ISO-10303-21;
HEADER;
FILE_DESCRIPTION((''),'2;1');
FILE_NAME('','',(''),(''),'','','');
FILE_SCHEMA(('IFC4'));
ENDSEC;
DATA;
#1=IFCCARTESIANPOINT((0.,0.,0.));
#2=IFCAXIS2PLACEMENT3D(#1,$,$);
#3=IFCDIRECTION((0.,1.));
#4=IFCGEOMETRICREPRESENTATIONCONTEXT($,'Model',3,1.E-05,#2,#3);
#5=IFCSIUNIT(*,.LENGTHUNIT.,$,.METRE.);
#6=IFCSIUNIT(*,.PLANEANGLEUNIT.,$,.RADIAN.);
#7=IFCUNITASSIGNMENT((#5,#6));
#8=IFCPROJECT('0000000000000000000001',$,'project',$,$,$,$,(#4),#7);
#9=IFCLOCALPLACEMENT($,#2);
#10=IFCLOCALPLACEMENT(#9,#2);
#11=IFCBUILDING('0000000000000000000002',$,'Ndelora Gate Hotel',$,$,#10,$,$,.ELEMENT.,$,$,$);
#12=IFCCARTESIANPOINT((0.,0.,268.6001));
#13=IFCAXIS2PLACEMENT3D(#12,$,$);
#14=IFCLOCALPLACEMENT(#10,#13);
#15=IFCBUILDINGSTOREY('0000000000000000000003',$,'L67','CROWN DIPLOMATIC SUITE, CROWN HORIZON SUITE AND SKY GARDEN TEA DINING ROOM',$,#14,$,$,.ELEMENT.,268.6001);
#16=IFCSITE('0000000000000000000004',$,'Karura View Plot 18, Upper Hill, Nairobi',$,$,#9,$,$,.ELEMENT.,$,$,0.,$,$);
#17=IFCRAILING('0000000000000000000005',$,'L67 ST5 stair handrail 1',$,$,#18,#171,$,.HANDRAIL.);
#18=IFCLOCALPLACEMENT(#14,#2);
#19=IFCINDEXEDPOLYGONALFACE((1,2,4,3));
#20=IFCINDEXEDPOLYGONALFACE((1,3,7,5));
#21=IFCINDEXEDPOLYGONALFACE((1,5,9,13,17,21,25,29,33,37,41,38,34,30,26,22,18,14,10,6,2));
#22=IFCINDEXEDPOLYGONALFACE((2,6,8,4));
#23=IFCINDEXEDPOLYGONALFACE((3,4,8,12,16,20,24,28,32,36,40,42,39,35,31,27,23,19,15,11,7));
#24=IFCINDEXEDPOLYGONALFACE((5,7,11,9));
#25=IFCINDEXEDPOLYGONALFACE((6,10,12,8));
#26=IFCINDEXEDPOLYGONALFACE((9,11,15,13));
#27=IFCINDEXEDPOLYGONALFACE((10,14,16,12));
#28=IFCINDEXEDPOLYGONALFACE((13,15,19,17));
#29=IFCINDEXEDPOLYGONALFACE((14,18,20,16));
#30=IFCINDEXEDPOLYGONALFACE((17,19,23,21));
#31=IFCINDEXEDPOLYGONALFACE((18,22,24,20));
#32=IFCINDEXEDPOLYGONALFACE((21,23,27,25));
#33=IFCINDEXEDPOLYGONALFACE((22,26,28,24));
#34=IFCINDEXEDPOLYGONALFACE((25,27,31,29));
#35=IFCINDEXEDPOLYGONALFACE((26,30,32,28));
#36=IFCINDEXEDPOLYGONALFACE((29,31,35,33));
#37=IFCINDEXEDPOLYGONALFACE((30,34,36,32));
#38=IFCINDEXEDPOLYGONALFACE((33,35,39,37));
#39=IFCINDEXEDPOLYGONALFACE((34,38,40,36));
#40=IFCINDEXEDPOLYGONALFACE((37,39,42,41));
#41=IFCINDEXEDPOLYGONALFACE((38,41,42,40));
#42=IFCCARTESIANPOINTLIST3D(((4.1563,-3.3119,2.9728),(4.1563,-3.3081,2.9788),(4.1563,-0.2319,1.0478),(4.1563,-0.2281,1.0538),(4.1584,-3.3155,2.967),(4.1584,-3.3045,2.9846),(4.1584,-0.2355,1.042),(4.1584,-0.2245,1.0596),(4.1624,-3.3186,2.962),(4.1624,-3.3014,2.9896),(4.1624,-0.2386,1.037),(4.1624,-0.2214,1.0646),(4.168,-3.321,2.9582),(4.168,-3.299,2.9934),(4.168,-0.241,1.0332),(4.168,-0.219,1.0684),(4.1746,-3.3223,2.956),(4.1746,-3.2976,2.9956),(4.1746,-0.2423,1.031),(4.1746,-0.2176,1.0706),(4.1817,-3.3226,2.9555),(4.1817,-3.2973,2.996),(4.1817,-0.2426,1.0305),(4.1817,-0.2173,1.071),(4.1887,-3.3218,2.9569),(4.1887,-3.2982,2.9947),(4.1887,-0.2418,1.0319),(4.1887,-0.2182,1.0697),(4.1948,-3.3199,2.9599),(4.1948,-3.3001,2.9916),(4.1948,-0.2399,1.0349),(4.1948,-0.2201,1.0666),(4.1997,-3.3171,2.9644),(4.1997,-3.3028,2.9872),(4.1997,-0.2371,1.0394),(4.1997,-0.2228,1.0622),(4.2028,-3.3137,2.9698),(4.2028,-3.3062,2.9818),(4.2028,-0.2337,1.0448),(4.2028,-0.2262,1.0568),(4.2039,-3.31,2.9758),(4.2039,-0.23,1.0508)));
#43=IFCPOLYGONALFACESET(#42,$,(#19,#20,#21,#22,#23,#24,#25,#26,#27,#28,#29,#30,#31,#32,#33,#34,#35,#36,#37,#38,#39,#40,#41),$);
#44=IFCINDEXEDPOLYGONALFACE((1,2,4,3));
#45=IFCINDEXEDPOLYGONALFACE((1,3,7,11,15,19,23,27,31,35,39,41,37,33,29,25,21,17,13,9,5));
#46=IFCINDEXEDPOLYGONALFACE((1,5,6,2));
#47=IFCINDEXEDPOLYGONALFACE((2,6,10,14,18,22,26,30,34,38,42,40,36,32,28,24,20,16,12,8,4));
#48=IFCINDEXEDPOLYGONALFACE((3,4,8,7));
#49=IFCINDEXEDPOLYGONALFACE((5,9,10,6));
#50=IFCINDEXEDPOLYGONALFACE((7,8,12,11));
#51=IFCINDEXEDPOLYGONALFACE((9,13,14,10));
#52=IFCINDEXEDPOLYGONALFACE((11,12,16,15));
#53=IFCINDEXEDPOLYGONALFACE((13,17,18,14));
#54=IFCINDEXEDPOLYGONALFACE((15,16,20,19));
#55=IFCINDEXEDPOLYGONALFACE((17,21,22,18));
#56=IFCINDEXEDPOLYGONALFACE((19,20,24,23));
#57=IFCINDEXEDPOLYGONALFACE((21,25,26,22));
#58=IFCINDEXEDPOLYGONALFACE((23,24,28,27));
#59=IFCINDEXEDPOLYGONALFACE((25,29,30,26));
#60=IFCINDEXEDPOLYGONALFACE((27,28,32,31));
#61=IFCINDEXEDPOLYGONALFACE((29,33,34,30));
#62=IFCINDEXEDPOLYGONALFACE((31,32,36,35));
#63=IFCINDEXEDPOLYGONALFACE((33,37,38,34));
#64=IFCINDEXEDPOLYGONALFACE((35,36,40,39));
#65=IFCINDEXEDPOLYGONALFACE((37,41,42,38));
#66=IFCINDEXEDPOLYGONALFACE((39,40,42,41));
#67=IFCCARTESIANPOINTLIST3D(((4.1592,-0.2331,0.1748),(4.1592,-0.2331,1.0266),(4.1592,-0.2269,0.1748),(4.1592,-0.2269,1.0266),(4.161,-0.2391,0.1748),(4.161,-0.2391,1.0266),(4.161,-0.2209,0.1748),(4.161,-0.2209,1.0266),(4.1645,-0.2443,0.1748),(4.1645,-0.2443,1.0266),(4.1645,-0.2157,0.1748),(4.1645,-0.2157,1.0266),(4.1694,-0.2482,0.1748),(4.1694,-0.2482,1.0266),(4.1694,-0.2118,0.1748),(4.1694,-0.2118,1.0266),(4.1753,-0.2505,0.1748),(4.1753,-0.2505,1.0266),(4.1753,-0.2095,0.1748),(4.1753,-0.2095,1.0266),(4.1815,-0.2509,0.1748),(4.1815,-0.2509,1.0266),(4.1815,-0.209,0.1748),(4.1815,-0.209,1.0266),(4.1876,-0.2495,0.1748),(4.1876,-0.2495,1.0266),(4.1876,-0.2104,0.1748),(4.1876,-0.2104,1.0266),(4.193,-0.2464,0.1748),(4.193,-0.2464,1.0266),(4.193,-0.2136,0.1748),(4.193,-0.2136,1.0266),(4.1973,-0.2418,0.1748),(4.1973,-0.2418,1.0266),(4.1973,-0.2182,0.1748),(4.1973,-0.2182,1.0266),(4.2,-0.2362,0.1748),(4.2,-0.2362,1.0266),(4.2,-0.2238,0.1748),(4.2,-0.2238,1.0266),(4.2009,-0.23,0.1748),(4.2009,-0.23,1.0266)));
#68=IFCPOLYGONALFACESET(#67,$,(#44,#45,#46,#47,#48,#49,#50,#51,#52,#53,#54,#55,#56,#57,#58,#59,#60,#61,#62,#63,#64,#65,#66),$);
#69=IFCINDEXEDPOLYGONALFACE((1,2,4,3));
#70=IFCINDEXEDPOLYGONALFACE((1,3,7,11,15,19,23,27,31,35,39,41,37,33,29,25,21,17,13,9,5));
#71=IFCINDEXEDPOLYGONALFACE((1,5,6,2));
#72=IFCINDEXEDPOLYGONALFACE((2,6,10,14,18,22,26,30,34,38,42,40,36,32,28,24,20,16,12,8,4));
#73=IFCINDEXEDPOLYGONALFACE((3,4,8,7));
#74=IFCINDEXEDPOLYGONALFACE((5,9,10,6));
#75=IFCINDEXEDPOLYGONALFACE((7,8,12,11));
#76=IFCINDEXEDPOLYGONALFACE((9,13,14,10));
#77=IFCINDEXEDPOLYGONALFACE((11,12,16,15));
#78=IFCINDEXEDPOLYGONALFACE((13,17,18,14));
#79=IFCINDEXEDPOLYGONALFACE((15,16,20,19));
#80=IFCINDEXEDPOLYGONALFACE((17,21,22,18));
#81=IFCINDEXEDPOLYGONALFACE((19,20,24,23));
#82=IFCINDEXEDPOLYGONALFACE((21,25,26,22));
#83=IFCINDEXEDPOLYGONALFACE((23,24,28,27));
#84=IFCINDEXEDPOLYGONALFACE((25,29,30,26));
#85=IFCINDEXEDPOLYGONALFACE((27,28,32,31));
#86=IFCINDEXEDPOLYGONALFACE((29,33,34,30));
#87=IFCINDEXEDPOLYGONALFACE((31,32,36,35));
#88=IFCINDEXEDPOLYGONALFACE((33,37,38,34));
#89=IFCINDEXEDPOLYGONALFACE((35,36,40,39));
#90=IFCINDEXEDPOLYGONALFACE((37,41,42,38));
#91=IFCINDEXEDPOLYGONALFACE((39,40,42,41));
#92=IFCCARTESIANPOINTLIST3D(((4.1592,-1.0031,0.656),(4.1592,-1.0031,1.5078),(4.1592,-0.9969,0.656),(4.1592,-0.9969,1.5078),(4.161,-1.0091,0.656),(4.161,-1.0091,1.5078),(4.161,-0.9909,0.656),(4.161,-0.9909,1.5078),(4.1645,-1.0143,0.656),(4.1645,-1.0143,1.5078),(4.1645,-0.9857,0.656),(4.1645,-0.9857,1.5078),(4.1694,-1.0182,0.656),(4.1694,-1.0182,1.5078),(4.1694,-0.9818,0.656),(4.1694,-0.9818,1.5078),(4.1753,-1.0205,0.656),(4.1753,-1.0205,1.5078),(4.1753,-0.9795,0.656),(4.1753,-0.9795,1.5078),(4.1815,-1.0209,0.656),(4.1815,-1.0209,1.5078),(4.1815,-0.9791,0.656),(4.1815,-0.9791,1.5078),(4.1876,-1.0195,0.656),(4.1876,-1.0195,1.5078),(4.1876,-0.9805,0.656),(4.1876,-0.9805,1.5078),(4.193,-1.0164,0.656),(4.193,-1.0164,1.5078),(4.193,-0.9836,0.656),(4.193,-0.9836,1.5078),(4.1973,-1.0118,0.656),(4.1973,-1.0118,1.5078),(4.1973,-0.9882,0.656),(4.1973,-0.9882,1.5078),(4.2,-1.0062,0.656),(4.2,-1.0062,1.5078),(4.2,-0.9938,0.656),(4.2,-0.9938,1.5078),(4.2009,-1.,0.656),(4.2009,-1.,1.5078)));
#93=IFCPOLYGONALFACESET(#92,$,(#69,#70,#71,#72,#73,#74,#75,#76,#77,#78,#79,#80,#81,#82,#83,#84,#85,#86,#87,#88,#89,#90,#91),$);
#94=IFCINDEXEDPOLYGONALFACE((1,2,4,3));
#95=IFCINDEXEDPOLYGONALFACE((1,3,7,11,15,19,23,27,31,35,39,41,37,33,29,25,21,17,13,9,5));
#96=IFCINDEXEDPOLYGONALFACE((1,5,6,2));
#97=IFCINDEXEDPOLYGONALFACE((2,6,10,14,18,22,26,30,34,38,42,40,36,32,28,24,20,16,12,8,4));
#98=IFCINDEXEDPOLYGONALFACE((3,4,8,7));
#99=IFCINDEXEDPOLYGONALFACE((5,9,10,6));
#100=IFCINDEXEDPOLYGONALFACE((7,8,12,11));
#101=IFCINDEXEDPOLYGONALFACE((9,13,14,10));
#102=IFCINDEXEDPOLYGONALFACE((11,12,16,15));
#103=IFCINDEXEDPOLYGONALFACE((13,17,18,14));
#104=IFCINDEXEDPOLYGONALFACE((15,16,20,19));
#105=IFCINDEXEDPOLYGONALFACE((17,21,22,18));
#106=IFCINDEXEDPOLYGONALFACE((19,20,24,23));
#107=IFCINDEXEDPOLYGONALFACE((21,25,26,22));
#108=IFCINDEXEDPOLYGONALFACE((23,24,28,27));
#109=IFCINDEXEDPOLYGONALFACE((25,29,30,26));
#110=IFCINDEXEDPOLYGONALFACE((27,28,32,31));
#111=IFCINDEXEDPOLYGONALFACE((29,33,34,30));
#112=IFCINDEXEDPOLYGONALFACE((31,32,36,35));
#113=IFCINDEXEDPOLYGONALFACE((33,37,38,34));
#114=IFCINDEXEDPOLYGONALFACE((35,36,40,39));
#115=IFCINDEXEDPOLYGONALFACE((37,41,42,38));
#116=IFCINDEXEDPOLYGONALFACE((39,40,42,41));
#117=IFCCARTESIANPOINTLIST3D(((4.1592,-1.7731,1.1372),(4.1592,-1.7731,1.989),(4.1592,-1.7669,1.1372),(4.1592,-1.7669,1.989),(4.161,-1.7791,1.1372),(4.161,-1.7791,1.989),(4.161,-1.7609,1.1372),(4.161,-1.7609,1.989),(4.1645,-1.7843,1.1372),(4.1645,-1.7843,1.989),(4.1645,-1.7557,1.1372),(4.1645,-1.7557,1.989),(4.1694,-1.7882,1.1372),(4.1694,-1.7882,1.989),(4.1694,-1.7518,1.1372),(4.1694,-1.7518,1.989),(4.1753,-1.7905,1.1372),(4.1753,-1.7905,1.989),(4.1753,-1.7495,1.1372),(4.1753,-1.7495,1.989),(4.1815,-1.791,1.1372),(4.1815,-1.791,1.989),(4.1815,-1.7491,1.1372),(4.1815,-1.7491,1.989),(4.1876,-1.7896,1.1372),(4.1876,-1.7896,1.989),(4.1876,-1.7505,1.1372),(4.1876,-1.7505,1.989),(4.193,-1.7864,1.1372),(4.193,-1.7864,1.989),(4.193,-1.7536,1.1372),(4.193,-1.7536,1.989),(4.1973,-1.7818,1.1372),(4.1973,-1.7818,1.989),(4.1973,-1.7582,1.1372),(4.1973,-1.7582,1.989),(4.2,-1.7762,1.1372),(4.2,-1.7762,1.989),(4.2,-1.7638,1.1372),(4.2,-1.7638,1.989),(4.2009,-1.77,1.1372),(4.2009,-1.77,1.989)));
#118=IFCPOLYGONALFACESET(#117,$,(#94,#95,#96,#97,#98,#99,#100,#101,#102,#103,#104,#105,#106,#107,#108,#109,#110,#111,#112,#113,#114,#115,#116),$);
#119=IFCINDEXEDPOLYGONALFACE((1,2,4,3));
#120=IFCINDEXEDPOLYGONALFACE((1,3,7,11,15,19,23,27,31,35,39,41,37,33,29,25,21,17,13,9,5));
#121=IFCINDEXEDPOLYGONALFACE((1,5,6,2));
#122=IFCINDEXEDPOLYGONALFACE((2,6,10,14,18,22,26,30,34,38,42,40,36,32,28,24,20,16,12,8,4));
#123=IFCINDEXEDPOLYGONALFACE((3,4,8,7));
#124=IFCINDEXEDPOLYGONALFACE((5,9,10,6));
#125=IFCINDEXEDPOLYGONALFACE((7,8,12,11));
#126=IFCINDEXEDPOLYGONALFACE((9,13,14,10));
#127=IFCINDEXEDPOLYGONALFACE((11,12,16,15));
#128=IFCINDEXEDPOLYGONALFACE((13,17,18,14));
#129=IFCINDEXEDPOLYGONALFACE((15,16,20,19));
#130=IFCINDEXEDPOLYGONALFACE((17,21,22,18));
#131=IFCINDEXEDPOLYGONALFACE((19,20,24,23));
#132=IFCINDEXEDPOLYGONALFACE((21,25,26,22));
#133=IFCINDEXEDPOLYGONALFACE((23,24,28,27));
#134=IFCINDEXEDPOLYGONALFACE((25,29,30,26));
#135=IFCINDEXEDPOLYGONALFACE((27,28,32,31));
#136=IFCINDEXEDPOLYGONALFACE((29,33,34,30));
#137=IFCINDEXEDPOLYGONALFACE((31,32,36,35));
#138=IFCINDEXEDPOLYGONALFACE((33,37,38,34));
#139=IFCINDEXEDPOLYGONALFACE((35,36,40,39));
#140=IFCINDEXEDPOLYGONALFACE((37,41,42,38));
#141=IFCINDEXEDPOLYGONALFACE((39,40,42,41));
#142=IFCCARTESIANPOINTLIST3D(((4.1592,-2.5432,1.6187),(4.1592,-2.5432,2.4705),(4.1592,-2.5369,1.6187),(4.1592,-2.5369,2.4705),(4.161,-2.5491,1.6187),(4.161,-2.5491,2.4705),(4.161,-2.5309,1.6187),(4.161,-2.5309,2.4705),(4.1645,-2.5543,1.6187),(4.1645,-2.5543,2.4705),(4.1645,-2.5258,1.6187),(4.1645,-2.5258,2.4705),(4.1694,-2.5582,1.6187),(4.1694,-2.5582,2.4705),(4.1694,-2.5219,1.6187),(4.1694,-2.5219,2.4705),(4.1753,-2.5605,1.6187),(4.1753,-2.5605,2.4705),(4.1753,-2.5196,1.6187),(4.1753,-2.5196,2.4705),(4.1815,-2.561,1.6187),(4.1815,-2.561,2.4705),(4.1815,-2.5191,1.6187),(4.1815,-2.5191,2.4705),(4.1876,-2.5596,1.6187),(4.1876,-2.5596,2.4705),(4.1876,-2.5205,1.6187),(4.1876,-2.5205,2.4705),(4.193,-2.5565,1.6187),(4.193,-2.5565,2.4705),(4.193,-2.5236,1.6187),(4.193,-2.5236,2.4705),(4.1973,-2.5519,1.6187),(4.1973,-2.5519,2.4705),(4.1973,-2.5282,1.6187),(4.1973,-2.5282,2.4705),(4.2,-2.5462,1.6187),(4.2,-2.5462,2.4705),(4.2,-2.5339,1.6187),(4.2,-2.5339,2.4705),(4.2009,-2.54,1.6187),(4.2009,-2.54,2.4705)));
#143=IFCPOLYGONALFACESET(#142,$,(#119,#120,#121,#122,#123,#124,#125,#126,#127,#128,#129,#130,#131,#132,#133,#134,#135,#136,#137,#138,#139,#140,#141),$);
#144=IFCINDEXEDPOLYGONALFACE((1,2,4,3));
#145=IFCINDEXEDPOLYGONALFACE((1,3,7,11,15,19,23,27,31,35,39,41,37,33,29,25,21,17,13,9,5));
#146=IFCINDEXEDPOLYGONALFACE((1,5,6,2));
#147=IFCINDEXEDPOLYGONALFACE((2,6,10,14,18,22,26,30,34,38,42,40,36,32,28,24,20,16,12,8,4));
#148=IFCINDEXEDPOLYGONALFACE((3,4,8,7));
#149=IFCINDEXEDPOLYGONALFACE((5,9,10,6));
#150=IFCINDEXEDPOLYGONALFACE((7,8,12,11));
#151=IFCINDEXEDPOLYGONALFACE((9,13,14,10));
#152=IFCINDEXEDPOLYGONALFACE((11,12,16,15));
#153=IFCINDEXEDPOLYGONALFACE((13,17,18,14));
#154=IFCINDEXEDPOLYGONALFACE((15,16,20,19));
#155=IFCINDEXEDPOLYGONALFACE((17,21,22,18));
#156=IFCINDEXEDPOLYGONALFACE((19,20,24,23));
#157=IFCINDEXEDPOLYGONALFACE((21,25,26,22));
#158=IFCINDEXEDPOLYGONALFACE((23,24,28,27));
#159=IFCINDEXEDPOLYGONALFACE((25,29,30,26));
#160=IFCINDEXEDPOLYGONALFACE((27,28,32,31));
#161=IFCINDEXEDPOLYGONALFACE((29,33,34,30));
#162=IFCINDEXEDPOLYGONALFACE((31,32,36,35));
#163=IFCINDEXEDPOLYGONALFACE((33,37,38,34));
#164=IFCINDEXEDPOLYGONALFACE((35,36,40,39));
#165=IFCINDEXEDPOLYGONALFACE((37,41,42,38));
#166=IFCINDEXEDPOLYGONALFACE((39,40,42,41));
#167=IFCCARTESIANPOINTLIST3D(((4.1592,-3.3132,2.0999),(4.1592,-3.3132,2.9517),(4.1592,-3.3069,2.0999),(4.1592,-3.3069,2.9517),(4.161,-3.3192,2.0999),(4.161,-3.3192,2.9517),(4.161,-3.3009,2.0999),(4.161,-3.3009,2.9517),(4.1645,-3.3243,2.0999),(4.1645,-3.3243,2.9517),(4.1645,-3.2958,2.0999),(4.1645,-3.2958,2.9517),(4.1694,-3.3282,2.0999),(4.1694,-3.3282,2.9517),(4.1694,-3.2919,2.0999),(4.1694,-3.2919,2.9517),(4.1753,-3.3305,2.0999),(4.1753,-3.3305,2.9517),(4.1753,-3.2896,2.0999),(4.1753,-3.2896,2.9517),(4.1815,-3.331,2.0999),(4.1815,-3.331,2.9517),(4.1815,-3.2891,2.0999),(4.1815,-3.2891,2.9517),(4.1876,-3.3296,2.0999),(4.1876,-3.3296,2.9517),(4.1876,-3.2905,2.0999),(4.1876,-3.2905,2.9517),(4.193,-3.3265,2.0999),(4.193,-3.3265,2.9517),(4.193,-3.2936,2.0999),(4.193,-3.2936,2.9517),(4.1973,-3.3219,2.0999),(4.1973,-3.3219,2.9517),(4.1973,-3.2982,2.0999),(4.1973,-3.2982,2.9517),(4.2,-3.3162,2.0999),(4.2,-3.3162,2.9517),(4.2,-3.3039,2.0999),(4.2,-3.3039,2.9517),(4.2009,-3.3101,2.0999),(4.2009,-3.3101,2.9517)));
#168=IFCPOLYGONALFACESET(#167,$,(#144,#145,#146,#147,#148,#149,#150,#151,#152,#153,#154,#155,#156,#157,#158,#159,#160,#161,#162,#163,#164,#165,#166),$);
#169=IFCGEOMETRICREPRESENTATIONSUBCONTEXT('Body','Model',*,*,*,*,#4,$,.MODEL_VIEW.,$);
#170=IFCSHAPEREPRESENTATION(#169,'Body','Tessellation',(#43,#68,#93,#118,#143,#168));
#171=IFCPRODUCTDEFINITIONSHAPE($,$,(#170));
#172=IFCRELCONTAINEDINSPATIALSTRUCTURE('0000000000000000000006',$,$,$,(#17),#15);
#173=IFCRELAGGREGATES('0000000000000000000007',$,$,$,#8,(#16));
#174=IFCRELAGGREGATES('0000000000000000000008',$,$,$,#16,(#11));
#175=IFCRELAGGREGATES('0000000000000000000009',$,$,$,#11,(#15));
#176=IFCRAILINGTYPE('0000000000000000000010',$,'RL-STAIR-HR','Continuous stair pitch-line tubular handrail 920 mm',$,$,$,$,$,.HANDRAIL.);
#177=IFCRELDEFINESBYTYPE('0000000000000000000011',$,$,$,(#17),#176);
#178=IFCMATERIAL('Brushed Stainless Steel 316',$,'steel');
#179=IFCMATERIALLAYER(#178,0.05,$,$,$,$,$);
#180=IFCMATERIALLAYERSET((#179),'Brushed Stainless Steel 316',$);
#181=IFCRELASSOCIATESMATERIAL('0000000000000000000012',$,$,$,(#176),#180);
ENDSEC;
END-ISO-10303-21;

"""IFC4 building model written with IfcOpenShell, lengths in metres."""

from ifc_helpers import new_model, si_unit, direction, frame, origin, origin_2d, place, context, subcontext, project, spatial, circle, extrude, material, layer, layer_set, type_object, element, save


model = new_model("IFC4")

# Units and contexts
model_context = context("Model", 3, precision=1e-05, world=origin(), true_north=direction((0.0, 1.0)))
body_context = subcontext(model_context, "Body", "Model", "MODEL_VIEW")
ifc_project = project(units=[si_unit("LENGTHUNIT", "METRE"), si_unit("PLANEANGLEUNIT", "RADIAN")], contexts=[model_context])

# Site, building, storey
site_placement = place(None, origin())
site = spatial("IfcSite", under=ifc_project, at=site_placement, Name="Karura View Plot 18, Upper Hill, Nairobi", CompositionType="ELEMENT", RefElevation=0.0)
building_placement = place(site_placement, origin())
building = spatial("IfcBuilding", under=site, at=building_placement, Name="Ndelora Gate Hotel", CompositionType="ELEMENT")
storey_placement = place(building_placement, frame((0.0, 0.0, 268.6001)))
storey = spatial("IfcBuildingStorey", under=building, at=storey_placement, Name="L67", Description="CROWN DIPLOMATIC SUITE, CROWN HORIZON SUITE AND SKY GARDEN TEA DINING ROOM", CompositionType="ELEMENT", Elevation=268.6001)

# Railing
ifc_material_1 = material(Name="Brushed Stainless Steel 316", Category="steel")
ifc_layer_1 = layer(ifc_material_1, 0.05)
ifc_layer_set_1 = layer_set([ifc_layer_1], Name="Brushed Stainless Steel 316")
railing_type_1 = type_object("IfcRailingType", Name="RL-STAIR-HR", Description="Continuous stair pitch-line tubular handrail 920 mm", PredefinedType="HANDRAIL", material=ifc_layer_set_1)
railing_1_placement = place(storey_placement, frame((4.1799, -0.23, 0.1748)))
element("IfcRailing", 1, at=railing_1_placement, inside=storey, type_object=railing_type_1, Name="L67 ST5 stair handrail 1", PredefinedType="HANDRAIL", context=body_context, shape_type="SweptSolid", body=[
    extrude(circle(Radius=0.0239, at=origin_2d()), frame((0.0, 0.0, 0.876), z_axis=(0.0, -0.847998, 0.529999), x_axis=(1.0, 0.0, 0.0)), (0.0, 0.0, 1.0), 3.6321),
    extrude(circle(Radius=0.021, at=origin_2d()), origin(), (0.0, 0.0, 1.0), 0.8518),
    extrude(circle(Radius=0.021, at=origin_2d()), frame((0.0, -0.77, 0.4812)), (0.0, 0.0, 1.0), 0.8518),
    extrude(circle(Radius=0.021, at=origin_2d()), frame((0.0, -1.54, 0.9624)), (0.0, 0.0, 1.0), 0.8518),
    extrude(circle(Radius=0.021, at=origin_2d()), frame((0.0, -2.3101, 1.4438)), (0.0, 0.0, 1.0), 0.8518),
    extrude(circle(Radius=0.021, at=origin_2d()), frame((0.0, -3.0801, 1.925)), (0.0, 0.0, 1.0), 0.8518),
])

save(model, "model.ifc")
